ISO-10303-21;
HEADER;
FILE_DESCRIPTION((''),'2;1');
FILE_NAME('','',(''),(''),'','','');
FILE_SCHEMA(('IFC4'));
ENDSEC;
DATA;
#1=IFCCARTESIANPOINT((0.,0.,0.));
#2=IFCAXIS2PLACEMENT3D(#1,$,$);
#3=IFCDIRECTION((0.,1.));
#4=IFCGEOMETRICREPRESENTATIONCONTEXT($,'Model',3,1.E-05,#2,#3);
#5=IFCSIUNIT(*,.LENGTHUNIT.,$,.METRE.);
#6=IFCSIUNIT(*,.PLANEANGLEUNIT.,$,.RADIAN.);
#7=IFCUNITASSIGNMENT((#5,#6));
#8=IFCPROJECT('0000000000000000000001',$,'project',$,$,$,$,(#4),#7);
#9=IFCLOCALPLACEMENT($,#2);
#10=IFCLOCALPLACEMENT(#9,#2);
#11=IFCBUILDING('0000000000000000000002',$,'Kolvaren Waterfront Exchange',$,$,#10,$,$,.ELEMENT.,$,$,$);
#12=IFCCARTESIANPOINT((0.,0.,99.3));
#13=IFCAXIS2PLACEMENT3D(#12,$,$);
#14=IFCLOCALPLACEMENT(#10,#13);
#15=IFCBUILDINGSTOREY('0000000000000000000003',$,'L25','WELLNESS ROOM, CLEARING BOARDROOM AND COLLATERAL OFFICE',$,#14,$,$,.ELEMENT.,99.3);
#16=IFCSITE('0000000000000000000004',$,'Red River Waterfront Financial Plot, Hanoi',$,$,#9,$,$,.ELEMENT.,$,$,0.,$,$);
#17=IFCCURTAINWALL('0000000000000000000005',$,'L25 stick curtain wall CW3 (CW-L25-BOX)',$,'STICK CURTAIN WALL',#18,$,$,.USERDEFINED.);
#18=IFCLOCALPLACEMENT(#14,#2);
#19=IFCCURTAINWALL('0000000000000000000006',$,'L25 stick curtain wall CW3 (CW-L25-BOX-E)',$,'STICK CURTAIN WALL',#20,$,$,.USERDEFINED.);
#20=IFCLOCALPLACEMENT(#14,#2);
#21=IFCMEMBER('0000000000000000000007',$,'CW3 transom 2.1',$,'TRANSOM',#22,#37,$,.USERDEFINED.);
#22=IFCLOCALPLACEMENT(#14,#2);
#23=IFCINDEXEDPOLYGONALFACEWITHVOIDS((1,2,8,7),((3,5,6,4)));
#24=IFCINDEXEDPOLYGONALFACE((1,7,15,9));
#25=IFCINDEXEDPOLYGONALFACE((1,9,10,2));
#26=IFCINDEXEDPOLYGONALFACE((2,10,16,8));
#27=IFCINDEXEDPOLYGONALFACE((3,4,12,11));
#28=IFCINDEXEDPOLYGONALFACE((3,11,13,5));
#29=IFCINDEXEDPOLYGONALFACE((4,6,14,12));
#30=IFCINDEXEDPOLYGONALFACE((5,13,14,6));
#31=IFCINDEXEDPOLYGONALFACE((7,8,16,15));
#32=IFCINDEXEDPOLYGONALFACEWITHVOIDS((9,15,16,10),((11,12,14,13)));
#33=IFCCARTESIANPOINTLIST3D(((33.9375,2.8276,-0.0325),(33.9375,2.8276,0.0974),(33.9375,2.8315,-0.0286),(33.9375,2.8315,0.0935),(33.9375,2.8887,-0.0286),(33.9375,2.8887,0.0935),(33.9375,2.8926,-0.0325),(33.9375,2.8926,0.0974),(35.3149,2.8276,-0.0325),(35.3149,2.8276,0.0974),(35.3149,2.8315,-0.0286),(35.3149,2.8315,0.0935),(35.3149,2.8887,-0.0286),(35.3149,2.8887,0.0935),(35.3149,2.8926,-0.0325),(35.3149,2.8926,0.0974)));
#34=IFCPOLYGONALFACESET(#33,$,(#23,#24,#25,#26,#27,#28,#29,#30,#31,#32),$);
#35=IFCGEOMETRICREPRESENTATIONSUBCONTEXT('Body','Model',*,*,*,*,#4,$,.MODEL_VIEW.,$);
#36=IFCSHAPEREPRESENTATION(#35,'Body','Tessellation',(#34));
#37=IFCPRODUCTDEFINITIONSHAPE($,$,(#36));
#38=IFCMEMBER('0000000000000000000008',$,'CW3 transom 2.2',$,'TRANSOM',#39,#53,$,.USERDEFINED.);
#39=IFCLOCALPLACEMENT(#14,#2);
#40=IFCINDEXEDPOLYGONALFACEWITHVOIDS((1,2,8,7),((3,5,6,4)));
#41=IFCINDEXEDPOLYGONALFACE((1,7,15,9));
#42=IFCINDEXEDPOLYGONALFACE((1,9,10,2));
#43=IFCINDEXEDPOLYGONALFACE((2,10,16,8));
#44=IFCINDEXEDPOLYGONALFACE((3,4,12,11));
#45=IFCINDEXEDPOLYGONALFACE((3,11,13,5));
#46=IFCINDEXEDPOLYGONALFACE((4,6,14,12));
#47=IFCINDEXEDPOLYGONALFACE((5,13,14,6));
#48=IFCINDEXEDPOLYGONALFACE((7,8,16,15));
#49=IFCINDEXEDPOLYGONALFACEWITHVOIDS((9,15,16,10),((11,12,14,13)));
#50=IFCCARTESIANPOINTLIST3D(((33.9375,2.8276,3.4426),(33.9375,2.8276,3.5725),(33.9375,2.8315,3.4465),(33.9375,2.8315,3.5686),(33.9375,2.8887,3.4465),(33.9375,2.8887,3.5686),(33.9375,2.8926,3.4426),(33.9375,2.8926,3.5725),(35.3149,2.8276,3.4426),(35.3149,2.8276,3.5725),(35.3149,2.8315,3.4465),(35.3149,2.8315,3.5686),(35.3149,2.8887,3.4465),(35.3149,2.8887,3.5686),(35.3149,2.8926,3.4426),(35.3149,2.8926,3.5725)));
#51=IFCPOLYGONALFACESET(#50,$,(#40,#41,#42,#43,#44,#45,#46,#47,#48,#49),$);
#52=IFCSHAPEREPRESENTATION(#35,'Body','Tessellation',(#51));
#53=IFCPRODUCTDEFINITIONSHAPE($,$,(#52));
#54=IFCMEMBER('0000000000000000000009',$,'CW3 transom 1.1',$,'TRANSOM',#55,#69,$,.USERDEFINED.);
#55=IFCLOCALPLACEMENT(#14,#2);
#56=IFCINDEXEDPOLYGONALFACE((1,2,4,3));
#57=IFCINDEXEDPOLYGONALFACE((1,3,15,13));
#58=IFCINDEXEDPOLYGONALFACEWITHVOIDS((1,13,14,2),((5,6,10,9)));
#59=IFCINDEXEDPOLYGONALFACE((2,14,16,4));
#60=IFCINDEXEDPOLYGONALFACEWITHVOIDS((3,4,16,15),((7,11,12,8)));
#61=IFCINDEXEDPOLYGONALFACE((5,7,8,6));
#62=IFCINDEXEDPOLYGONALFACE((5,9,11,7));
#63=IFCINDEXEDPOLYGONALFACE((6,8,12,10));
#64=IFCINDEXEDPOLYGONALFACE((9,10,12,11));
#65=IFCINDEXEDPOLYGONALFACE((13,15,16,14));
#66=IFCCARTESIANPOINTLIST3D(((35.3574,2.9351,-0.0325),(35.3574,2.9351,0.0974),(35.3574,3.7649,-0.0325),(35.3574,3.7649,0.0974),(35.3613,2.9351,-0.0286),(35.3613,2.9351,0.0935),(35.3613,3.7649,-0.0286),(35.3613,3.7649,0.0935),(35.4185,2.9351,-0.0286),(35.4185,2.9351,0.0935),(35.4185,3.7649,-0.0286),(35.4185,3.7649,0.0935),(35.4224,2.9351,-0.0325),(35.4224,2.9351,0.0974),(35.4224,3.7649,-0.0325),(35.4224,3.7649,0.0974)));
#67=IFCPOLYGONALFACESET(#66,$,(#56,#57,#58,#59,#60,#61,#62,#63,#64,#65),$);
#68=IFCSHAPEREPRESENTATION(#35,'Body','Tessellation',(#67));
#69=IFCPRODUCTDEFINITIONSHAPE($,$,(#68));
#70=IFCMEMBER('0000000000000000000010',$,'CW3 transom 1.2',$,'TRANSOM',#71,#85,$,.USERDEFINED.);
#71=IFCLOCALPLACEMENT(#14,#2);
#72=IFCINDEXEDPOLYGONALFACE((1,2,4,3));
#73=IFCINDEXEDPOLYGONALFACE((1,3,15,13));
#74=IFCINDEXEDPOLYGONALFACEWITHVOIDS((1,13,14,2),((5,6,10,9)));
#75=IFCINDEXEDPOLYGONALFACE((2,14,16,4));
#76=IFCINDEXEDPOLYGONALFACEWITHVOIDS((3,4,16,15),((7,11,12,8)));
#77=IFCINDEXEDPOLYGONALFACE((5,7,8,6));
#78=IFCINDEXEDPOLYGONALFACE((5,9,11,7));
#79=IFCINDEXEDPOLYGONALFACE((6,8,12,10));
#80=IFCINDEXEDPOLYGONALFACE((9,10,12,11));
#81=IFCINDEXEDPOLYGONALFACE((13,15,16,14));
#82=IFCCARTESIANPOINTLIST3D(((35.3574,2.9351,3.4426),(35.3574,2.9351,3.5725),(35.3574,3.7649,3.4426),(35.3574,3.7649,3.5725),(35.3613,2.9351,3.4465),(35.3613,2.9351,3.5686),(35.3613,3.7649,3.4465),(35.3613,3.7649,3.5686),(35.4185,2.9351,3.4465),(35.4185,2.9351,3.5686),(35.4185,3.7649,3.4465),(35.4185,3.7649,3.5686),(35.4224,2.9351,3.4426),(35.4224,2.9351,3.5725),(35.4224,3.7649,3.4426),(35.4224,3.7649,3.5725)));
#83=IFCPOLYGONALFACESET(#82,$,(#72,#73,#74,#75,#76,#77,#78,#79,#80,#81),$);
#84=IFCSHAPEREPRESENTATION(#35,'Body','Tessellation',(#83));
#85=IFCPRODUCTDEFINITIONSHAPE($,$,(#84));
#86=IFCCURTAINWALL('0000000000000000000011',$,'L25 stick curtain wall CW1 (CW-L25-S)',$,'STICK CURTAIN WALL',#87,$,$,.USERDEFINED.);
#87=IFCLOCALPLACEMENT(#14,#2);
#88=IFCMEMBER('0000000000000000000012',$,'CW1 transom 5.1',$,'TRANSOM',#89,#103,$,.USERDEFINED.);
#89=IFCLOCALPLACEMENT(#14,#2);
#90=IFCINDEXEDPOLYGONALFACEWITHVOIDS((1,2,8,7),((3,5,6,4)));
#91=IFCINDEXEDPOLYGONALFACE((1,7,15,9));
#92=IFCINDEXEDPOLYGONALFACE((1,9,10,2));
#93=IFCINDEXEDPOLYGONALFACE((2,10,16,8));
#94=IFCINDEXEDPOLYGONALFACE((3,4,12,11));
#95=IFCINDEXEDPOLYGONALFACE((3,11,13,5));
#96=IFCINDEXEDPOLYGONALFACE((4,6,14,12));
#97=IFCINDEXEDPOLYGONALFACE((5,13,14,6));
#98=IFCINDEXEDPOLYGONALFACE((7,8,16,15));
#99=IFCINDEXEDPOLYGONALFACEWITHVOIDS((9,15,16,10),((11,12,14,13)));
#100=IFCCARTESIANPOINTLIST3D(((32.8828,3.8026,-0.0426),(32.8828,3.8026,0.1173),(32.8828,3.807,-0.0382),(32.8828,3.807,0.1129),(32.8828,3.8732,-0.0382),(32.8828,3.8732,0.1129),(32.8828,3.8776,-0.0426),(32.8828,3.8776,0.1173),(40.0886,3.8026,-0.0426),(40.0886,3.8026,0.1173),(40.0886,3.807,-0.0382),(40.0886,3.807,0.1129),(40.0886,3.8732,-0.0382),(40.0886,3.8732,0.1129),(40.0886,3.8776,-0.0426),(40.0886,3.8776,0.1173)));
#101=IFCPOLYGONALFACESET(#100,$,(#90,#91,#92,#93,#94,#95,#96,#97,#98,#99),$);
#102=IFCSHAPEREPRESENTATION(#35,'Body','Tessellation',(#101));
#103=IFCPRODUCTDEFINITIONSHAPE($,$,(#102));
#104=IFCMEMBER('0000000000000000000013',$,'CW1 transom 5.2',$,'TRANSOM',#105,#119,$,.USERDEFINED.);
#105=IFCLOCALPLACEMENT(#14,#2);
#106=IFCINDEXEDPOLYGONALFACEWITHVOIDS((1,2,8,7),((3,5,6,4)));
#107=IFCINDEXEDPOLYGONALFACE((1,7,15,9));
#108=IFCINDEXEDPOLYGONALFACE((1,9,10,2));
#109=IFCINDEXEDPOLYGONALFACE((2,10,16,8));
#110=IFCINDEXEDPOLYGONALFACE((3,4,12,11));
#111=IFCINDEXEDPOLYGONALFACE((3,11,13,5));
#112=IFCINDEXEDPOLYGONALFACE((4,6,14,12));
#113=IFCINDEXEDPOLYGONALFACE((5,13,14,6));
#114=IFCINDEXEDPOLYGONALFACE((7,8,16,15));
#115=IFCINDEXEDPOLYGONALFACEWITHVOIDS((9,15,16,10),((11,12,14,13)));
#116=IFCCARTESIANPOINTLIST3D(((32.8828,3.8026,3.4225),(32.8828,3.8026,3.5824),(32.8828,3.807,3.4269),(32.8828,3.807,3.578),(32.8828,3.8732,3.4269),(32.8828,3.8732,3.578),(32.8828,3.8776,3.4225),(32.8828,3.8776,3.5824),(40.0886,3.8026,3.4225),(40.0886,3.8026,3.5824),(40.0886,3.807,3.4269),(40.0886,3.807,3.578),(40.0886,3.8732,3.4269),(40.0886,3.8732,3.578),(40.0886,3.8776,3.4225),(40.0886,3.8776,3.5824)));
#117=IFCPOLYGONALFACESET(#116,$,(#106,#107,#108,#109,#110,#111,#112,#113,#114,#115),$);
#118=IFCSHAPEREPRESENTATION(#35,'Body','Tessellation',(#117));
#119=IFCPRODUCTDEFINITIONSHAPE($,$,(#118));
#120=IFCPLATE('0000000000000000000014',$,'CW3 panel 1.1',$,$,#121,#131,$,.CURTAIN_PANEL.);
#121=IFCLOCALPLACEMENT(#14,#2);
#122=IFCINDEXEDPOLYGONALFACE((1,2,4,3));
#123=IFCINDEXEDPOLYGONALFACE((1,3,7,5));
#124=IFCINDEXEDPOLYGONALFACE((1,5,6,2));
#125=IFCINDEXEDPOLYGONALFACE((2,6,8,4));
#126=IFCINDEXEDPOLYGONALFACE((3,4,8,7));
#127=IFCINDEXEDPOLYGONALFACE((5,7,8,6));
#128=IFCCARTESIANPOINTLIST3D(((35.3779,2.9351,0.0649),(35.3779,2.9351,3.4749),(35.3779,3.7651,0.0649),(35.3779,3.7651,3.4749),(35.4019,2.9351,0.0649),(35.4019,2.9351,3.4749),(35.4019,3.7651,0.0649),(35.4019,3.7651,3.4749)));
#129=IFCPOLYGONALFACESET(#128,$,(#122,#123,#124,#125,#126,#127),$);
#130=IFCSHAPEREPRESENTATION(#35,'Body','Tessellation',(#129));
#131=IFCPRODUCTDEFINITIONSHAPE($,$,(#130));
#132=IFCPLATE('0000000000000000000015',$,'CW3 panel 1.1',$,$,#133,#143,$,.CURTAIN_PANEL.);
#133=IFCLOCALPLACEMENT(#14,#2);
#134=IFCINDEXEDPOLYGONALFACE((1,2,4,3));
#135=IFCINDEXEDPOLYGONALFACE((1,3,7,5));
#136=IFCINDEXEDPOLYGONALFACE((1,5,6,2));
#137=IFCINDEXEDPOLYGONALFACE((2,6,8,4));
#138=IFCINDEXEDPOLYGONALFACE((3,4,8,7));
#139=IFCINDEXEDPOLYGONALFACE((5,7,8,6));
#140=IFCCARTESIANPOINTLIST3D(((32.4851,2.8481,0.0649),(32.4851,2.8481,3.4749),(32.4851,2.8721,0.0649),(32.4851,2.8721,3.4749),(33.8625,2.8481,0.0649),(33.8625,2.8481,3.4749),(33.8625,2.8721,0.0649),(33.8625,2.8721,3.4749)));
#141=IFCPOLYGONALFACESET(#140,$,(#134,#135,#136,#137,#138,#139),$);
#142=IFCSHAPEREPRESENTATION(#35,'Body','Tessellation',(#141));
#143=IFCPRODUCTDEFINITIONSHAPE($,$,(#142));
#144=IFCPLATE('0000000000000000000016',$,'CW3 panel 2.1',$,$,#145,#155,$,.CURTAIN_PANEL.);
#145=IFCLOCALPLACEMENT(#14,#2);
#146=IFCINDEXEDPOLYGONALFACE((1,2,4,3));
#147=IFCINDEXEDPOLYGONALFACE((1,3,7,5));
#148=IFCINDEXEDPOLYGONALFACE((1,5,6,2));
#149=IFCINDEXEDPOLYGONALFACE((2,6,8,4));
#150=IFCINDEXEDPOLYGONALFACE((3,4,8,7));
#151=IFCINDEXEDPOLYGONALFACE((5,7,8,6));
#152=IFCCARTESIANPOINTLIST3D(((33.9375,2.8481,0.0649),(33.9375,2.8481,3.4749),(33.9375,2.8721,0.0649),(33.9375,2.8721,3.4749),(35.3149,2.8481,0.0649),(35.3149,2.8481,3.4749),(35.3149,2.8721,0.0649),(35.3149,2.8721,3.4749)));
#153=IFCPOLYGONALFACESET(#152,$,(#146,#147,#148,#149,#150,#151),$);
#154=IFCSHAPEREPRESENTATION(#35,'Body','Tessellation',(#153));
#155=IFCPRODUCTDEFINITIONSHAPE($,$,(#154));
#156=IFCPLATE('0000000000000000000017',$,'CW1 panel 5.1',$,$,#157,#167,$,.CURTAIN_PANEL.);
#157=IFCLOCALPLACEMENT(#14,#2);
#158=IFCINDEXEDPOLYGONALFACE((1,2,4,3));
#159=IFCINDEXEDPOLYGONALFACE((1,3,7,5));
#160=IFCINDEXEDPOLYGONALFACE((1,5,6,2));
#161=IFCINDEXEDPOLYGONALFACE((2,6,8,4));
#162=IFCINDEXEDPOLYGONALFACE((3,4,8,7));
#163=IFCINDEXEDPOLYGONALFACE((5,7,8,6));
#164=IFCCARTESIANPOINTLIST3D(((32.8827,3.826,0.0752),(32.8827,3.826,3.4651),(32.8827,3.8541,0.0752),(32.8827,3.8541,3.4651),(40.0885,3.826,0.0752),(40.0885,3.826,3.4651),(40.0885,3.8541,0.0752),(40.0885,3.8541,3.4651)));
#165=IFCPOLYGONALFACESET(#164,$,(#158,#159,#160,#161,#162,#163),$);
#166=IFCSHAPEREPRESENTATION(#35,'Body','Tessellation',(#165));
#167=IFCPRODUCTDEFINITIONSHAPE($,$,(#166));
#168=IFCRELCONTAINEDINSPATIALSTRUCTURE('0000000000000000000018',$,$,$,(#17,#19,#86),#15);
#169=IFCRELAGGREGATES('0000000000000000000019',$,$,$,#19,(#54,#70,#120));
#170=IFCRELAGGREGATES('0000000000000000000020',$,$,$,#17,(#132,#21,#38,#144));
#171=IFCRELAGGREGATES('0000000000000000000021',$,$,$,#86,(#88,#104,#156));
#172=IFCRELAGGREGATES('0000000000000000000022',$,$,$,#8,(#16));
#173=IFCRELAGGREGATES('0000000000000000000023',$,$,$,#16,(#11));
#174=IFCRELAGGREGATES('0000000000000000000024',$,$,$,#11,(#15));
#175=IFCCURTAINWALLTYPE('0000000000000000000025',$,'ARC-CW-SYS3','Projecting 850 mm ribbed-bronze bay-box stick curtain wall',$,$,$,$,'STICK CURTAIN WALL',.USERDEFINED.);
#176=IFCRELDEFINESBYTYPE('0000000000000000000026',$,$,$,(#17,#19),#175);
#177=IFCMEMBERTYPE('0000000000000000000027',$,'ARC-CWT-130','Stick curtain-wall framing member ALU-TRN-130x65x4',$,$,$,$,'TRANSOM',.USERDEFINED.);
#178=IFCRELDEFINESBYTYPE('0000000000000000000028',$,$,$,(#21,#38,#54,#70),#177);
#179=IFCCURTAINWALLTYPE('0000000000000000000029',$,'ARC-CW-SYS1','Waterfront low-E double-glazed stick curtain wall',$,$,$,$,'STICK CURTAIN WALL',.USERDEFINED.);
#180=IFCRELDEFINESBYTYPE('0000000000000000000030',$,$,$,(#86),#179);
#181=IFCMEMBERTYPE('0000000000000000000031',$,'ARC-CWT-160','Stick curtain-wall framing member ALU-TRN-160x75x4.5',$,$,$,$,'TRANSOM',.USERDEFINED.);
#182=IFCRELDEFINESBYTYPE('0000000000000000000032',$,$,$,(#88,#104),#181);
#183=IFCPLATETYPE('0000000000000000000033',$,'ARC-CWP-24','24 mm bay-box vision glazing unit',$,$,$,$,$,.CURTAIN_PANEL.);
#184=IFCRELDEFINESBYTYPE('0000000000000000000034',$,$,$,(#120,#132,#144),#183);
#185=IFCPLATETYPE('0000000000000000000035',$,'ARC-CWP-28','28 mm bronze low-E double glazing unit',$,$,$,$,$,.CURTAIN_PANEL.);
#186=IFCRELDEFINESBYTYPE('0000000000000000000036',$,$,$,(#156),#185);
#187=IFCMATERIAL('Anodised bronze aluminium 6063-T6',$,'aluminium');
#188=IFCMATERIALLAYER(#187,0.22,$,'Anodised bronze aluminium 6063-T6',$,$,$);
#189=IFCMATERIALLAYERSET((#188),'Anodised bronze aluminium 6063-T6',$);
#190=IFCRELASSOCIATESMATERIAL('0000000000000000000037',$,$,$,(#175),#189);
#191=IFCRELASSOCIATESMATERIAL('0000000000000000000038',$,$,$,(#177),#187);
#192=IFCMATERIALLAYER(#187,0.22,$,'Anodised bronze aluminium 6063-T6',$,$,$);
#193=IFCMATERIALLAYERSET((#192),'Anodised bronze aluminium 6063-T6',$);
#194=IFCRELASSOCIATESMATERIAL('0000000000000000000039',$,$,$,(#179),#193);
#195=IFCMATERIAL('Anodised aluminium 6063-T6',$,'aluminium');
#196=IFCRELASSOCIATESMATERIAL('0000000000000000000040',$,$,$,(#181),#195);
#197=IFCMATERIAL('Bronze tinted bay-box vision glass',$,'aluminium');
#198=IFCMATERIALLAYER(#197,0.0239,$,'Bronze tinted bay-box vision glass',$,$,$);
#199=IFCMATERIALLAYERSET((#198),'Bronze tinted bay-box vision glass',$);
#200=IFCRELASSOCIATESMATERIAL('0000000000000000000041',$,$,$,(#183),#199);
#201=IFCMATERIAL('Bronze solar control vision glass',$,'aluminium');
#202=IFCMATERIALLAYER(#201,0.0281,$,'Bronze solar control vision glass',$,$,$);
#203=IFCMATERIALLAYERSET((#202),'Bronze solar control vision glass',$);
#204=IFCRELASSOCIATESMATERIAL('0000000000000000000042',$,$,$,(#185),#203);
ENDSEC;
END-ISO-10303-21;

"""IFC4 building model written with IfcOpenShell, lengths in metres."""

from ifc_helpers import new_model, si_unit, direction, frame, origin, origin_with_axes, origin_2d, place, context, subcontext, project, spatial, rectangle, hollow_rectangle, extrude, source, transform, mapped, material, layer, layer_set, material_profile, profile_set, type_object, element, aggregate, save


model = new_model("IFC4")

# Units and contexts
model_context = context("Model", 3, precision=1e-05, world=origin(), true_north=direction((0.0, 1.0)))
body_context = subcontext(model_context, "Body", "Model", "MODEL_VIEW")
ifc_project = project(units=[si_unit("LENGTHUNIT", "METRE"), si_unit("PLANEANGLEUNIT", "RADIAN")], contexts=[model_context])

# Site, building, storey
site_placement = place(None, origin())
site = spatial("IfcSite", under=ifc_project, at=site_placement, Name="Red River Waterfront Financial Plot, Hanoi", CompositionType="ELEMENT", RefElevation=0.0)
building_placement = place(site_placement, origin())
building = spatial("IfcBuilding", under=site, at=building_placement, Name="Kolvaren Waterfront Exchange", CompositionType="ELEMENT")
storey_placement = place(building_placement, frame((0.0, 0.0, 99.3)))
storey = spatial("IfcBuildingStorey", under=building, at=storey_placement, Name="L25", Description="WELLNESS ROOM, CLEARING BOARDROOM AND COLLATERAL OFFICE", CompositionType="ELEMENT", Elevation=99.3)

# Curtain walls
ifc_material_1 = material(Name="Anodised bronze aluminium 6063-T6", Category="aluminium")
ifc_layer_1 = layer(ifc_material_1, 0.22, Name="Anodised bronze aluminium 6063-T6")
ifc_layer_set_1 = layer_set([ifc_layer_1], Name="Anodised bronze aluminium 6063-T6")
curtain_wall_type_1 = type_object("IfcCurtainWallType", Name="ARC-CW-SYS3", Description="Projecting 850 mm ribbed-bronze bay-box stick curtain wall", ElementType="STICK CURTAIN WALL", PredefinedType="USERDEFINED", material=ifc_layer_set_1)
curtain_wall_1_placement = place(storey_placement, origin())
curtain_wall_1 = element("IfcCurtainWall", 1, at=curtain_wall_1_placement, inside=storey, type_object=curtain_wall_type_1, Name="L25 stick curtain wall CW3 (CW-L25-BOX)", ObjectType="STICK CURTAIN WALL", PredefinedType="USERDEFINED")
curtain_wall_2_placement = place(storey_placement, origin())
curtain_wall_2 = element("IfcCurtainWall", 2, at=curtain_wall_2_placement, inside=storey, type_object=curtain_wall_type_1, Name="L25 stick curtain wall CW3 (CW-L25-BOX-E)", ObjectType="STICK CURTAIN WALL", PredefinedType="USERDEFINED")

# Members
ifc_material_profile_1 = material_profile(ifc_material_1, hollow_rectangle(XDim=0.0649, YDim=0.1299, WallThickness=0.0039, at=origin_2d()), Name="ALU-TRN-130x65x4")
ifc_profile_set_1 = profile_set([ifc_material_profile_1], Name="Anodised bronze aluminium 6063-T6")
member_type_1 = type_object("IfcMemberType", Name="ARC-CWT-130", Description="Stick curtain-wall framing member ALU-TRN-130x65x4", ElementType="TRANSOM", PredefinedType="USERDEFINED", material=ifc_profile_set_1)
shared_shape_1 = source(origin_with_axes(), body_context, "Body", "SweptSolid", [
    extrude(hollow_rectangle(XDim=0.0649, YDim=0.1299, WallThickness=0.0039, at=origin_2d()), origin(), (0.0, 0.0, 1.0), 1.3774),
])
member_1_placement = place(storey_placement, frame((33.9375, 2.8601, 0.0325), z_axis=(1.0, 0.0, 0.0), x_axis=(0.0, 1.0, 0.0)))
member_1 = element("IfcMember", 3, at=member_1_placement, type_object=member_type_1, Name="CW3 transom 2.1", ObjectType="TRANSOM", PredefinedType="USERDEFINED", context=body_context, shape_type="MappedRepresentation", body=[
    mapped(shared_shape_1, transform((0.0, 0.0, 0.0), x_axis=(1.0, 0.0, 0.0), y_axis=(0.0, 1.0, 0.0), z_axis=(0.0, 0.0, 1.0), scale=1.0)),
])
member_2_placement = place(storey_placement, frame((33.9375, 2.8601, 3.5076), z_axis=(1.0, 0.0, 0.0), x_axis=(0.0, 1.0, 0.0)))
member_2 = element("IfcMember", 4, at=member_2_placement, type_object=member_type_1, Name="CW3 transom 2.2", ObjectType="TRANSOM", PredefinedType="USERDEFINED", context=body_context, shape_type="MappedRepresentation", body=[
    mapped(shared_shape_1, transform((0.0, 0.0, 0.0), x_axis=(1.0, 0.0, 0.0), y_axis=(0.0, 1.0, 0.0), z_axis=(0.0, 0.0, 1.0), scale=1.0)),
])
shared_shape_2 = source(origin_with_axes(), body_context, "Body", "SweptSolid", [
    extrude(hollow_rectangle(XDim=0.0649, YDim=0.1299, WallThickness=0.0039, at=origin_2d()), origin(), (0.0, 0.0, 1.0), 0.8298),
])
member_3_placement = place(storey_placement, frame((35.3899, 2.9351, 0.0325), z_axis=(0.0, 1.0, 0.0), x_axis=(-1.0, 0.0, 0.0)))
member_3 = element("IfcMember", 5, at=member_3_placement, type_object=member_type_1, Name="CW3 transom 1.1", ObjectType="TRANSOM", PredefinedType="USERDEFINED", context=body_context, shape_type="MappedRepresentation", body=[
    mapped(shared_shape_2, transform((0.0, 0.0, 0.0), x_axis=(1.0, 0.0, 0.0), y_axis=(0.0, 1.0, 0.0), z_axis=(0.0, 0.0, 1.0), scale=1.0)),
])
member_4_placement = place(storey_placement, frame((35.3899, 2.9351, 3.5076), z_axis=(0.0, 1.0, 0.0), x_axis=(-1.0, 0.0, 0.0)))
member_4 = element("IfcMember", 6, at=member_4_placement, type_object=member_type_1, Name="CW3 transom 1.2", ObjectType="TRANSOM", PredefinedType="USERDEFINED", context=body_context, shape_type="MappedRepresentation", body=[
    mapped(shared_shape_2, transform((0.0, 0.0, 0.0), x_axis=(1.0, 0.0, 0.0), y_axis=(0.0, 1.0, 0.0), z_axis=(0.0, 0.0, 1.0), scale=1.0)),
])

# Curtain wall, members
ifc_layer_2 = layer(ifc_material_1, 0.22, Name="Anodised bronze aluminium 6063-T6")
ifc_layer_set_2 = layer_set([ifc_layer_2], Name="Anodised bronze aluminium 6063-T6")
curtain_wall_type_2 = type_object("IfcCurtainWallType", Name="ARC-CW-SYS1", Description="Waterfront low-E double-glazed stick curtain wall", ElementType="STICK CURTAIN WALL", PredefinedType="USERDEFINED", material=ifc_layer_set_2)
curtain_wall_3_placement = place(storey_placement, origin())
curtain_wall_3 = element("IfcCurtainWall", 7, at=curtain_wall_3_placement, inside=storey, type_object=curtain_wall_type_2, Name="L25 stick curtain wall CW1 (CW-L25-S)", ObjectType="STICK CURTAIN WALL", PredefinedType="USERDEFINED")
ifc_material_2 = material(Name="Anodised aluminium 6063-T6", Category="aluminium")
ifc_material_profile_2 = material_profile(ifc_material_2, hollow_rectangle(XDim=0.075, YDim=0.1599, WallThickness=0.0044, at=origin_2d()), Name="ALU-TRN-160x75x4.5")
ifc_profile_set_2 = profile_set([ifc_material_profile_2], Name="Anodised aluminium 6063-T6")
member_type_2 = type_object("IfcMemberType", Name="ARC-CWT-160", Description="Stick curtain-wall framing member ALU-TRN-160x75x4.5", ElementType="TRANSOM", PredefinedType="USERDEFINED", material=ifc_profile_set_2)
shared_shape_3 = source(origin_with_axes(), body_context, "Body", "SweptSolid", [
    extrude(hollow_rectangle(XDim=0.075, YDim=0.1599, WallThickness=0.0044, at=origin_2d()), origin(), (0.0, 0.0, 1.0), 7.2058),
])
member_5_placement = place(storey_placement, frame((32.8828, 3.8401, 0.0374), z_axis=(1.0, 0.0, 0.0), x_axis=(0.0, 1.0, 0.0)))
member_5 = element("IfcMember", 8, at=member_5_placement, type_object=member_type_2, Name="CW1 transom 5.1", ObjectType="TRANSOM", PredefinedType="USERDEFINED", context=body_context, shape_type="MappedRepresentation", body=[
    mapped(shared_shape_3, transform((0.0, 0.0, 0.0), x_axis=(1.0, 0.0, 0.0), y_axis=(0.0, 1.0, 0.0), z_axis=(0.0, 0.0, 1.0), scale=1.0)),
])
member_6_placement = place(storey_placement, frame((32.8828, 3.8401, 3.5024), z_axis=(1.0, 0.0, 0.0), x_axis=(0.0, 1.0, 0.0)))
member_6 = element("IfcMember", 9, at=member_6_placement, type_object=member_type_2, Name="CW1 transom 5.2", ObjectType="TRANSOM", PredefinedType="USERDEFINED", context=body_context, shape_type="MappedRepresentation", body=[
    mapped(shared_shape_3, transform((0.0, 0.0, 0.0), x_axis=(1.0, 0.0, 0.0), y_axis=(0.0, 1.0, 0.0), z_axis=(0.0, 0.0, 1.0), scale=1.0)),
])

# Plates
ifc_material_3 = material(Name="Bronze tinted bay-box vision glass", Category="aluminium")
ifc_layer_3 = layer(ifc_material_3, 0.0239, Name="Bronze tinted bay-box vision glass")
ifc_layer_set_3 = layer_set([ifc_layer_3], Name="Bronze tinted bay-box vision glass")
plate_type_1 = type_object("IfcPlateType", Name="ARC-CWP-24", Description="24 mm bay-box vision glazing unit", PredefinedType="CURTAIN_PANEL", material=ifc_layer_set_3)
shared_shape_4 = source(origin_with_axes(), body_context, "Body", "SweptSolid", [
    extrude(rectangle(XDim=0.8301, YDim=0.0239, at=origin_2d()), origin(), (0.0, 0.0, 1.0), 3.4099),
])
plate_1_placement = place(storey_placement, frame((35.3899, 3.3501, 0.0649), z_axis=(0.0, 0.0, 1.0), x_axis=(0.0, 1.0, 0.0)))
plate_1 = element("IfcPlate", 10, at=plate_1_placement, type_object=plate_type_1, Name="CW3 panel 1.1", PredefinedType="CURTAIN_PANEL", context=body_context, shape_type="MappedRepresentation", body=[
    mapped(shared_shape_4, transform((0.0, 0.0, 0.0), x_axis=(1.0, 0.0, 0.0), y_axis=(0.0, 1.0, 0.0), z_axis=(0.0, 0.0, 1.0), scale=1.0)),
])
aggregate(curtain_wall_2, [member_3, member_4, plate_1])
shared_shape_5 = source(origin_with_axes(), body_context, "Body", "SweptSolid", [
    extrude(rectangle(XDim=1.3774, YDim=0.0239, at=origin_2d()), origin(), (0.0, 0.0, 1.0), 3.4099),
])
plate_2_placement = place(storey_placement, frame((33.1738, 2.8601, 0.0649), z_axis=(0.0, 0.0, 1.0), x_axis=(1.0, 0.0, 0.0)))
plate_2 = element("IfcPlate", 11, at=plate_2_placement, type_object=plate_type_1, Name="CW3 panel 1.1", PredefinedType="CURTAIN_PANEL", context=body_context, shape_type="MappedRepresentation", body=[
    mapped(shared_shape_5, transform((0.0, 0.0, 0.0), x_axis=(1.0, 0.0, 0.0), y_axis=(0.0, 1.0, 0.0), z_axis=(0.0, 0.0, 1.0), scale=1.0)),
])
plate_3_placement = place(storey_placement, frame((34.6262, 2.8601, 0.0649), z_axis=(0.0, 0.0, 1.0), x_axis=(1.0, 0.0, 0.0)))
plate_3 = element("IfcPlate", 12, at=plate_3_placement, type_object=plate_type_1, Name="CW3 panel 2.1", PredefinedType="CURTAIN_PANEL", context=body_context, shape_type="MappedRepresentation", body=[
    mapped(shared_shape_5, transform((0.0, 0.0, 0.0), x_axis=(1.0, 0.0, 0.0), y_axis=(0.0, 1.0, 0.0), z_axis=(0.0, 0.0, 1.0), scale=1.0)),
])
aggregate(curtain_wall_1, [plate_2, member_1, member_2, plate_3])
ifc_material_4 = material(Name="Bronze solar control vision glass", Category="aluminium")
ifc_layer_4 = layer(ifc_material_4, 0.0281, Name="Bronze solar control vision glass")
ifc_layer_set_4 = layer_set([ifc_layer_4], Name="Bronze solar control vision glass")
plate_type_2 = type_object("IfcPlateType", Name="ARC-CWP-28", Description="28 mm bronze low-E double glazing unit", PredefinedType="CURTAIN_PANEL", material=ifc_layer_set_4)
shared_shape_6 = source(origin_with_axes(), body_context, "Body", "SweptSolid", [
    extrude(rectangle(XDim=7.2058, YDim=0.0281, at=origin_2d()), origin(), (0.0, 0.0, 1.0), 3.3899),
])
plate_4_placement = place(storey_placement, frame((36.4856, 3.8401, 0.0752), z_axis=(0.0, 0.0, 1.0), x_axis=(1.0, 0.0, 0.0)))
plate_4 = element("IfcPlate", 13, at=plate_4_placement, type_object=plate_type_2, Name="CW1 panel 5.1", PredefinedType="CURTAIN_PANEL", context=body_context, shape_type="MappedRepresentation", body=[
    mapped(shared_shape_6, transform((0.0, 0.0, 0.0), x_axis=(1.0, 0.0, 0.0), y_axis=(0.0, 1.0, 0.0), z_axis=(0.0, 0.0, 1.0), scale=1.0)),
])
aggregate(curtain_wall_3, [member_5, member_6, plate_4])

save(model, "model.ifc")
